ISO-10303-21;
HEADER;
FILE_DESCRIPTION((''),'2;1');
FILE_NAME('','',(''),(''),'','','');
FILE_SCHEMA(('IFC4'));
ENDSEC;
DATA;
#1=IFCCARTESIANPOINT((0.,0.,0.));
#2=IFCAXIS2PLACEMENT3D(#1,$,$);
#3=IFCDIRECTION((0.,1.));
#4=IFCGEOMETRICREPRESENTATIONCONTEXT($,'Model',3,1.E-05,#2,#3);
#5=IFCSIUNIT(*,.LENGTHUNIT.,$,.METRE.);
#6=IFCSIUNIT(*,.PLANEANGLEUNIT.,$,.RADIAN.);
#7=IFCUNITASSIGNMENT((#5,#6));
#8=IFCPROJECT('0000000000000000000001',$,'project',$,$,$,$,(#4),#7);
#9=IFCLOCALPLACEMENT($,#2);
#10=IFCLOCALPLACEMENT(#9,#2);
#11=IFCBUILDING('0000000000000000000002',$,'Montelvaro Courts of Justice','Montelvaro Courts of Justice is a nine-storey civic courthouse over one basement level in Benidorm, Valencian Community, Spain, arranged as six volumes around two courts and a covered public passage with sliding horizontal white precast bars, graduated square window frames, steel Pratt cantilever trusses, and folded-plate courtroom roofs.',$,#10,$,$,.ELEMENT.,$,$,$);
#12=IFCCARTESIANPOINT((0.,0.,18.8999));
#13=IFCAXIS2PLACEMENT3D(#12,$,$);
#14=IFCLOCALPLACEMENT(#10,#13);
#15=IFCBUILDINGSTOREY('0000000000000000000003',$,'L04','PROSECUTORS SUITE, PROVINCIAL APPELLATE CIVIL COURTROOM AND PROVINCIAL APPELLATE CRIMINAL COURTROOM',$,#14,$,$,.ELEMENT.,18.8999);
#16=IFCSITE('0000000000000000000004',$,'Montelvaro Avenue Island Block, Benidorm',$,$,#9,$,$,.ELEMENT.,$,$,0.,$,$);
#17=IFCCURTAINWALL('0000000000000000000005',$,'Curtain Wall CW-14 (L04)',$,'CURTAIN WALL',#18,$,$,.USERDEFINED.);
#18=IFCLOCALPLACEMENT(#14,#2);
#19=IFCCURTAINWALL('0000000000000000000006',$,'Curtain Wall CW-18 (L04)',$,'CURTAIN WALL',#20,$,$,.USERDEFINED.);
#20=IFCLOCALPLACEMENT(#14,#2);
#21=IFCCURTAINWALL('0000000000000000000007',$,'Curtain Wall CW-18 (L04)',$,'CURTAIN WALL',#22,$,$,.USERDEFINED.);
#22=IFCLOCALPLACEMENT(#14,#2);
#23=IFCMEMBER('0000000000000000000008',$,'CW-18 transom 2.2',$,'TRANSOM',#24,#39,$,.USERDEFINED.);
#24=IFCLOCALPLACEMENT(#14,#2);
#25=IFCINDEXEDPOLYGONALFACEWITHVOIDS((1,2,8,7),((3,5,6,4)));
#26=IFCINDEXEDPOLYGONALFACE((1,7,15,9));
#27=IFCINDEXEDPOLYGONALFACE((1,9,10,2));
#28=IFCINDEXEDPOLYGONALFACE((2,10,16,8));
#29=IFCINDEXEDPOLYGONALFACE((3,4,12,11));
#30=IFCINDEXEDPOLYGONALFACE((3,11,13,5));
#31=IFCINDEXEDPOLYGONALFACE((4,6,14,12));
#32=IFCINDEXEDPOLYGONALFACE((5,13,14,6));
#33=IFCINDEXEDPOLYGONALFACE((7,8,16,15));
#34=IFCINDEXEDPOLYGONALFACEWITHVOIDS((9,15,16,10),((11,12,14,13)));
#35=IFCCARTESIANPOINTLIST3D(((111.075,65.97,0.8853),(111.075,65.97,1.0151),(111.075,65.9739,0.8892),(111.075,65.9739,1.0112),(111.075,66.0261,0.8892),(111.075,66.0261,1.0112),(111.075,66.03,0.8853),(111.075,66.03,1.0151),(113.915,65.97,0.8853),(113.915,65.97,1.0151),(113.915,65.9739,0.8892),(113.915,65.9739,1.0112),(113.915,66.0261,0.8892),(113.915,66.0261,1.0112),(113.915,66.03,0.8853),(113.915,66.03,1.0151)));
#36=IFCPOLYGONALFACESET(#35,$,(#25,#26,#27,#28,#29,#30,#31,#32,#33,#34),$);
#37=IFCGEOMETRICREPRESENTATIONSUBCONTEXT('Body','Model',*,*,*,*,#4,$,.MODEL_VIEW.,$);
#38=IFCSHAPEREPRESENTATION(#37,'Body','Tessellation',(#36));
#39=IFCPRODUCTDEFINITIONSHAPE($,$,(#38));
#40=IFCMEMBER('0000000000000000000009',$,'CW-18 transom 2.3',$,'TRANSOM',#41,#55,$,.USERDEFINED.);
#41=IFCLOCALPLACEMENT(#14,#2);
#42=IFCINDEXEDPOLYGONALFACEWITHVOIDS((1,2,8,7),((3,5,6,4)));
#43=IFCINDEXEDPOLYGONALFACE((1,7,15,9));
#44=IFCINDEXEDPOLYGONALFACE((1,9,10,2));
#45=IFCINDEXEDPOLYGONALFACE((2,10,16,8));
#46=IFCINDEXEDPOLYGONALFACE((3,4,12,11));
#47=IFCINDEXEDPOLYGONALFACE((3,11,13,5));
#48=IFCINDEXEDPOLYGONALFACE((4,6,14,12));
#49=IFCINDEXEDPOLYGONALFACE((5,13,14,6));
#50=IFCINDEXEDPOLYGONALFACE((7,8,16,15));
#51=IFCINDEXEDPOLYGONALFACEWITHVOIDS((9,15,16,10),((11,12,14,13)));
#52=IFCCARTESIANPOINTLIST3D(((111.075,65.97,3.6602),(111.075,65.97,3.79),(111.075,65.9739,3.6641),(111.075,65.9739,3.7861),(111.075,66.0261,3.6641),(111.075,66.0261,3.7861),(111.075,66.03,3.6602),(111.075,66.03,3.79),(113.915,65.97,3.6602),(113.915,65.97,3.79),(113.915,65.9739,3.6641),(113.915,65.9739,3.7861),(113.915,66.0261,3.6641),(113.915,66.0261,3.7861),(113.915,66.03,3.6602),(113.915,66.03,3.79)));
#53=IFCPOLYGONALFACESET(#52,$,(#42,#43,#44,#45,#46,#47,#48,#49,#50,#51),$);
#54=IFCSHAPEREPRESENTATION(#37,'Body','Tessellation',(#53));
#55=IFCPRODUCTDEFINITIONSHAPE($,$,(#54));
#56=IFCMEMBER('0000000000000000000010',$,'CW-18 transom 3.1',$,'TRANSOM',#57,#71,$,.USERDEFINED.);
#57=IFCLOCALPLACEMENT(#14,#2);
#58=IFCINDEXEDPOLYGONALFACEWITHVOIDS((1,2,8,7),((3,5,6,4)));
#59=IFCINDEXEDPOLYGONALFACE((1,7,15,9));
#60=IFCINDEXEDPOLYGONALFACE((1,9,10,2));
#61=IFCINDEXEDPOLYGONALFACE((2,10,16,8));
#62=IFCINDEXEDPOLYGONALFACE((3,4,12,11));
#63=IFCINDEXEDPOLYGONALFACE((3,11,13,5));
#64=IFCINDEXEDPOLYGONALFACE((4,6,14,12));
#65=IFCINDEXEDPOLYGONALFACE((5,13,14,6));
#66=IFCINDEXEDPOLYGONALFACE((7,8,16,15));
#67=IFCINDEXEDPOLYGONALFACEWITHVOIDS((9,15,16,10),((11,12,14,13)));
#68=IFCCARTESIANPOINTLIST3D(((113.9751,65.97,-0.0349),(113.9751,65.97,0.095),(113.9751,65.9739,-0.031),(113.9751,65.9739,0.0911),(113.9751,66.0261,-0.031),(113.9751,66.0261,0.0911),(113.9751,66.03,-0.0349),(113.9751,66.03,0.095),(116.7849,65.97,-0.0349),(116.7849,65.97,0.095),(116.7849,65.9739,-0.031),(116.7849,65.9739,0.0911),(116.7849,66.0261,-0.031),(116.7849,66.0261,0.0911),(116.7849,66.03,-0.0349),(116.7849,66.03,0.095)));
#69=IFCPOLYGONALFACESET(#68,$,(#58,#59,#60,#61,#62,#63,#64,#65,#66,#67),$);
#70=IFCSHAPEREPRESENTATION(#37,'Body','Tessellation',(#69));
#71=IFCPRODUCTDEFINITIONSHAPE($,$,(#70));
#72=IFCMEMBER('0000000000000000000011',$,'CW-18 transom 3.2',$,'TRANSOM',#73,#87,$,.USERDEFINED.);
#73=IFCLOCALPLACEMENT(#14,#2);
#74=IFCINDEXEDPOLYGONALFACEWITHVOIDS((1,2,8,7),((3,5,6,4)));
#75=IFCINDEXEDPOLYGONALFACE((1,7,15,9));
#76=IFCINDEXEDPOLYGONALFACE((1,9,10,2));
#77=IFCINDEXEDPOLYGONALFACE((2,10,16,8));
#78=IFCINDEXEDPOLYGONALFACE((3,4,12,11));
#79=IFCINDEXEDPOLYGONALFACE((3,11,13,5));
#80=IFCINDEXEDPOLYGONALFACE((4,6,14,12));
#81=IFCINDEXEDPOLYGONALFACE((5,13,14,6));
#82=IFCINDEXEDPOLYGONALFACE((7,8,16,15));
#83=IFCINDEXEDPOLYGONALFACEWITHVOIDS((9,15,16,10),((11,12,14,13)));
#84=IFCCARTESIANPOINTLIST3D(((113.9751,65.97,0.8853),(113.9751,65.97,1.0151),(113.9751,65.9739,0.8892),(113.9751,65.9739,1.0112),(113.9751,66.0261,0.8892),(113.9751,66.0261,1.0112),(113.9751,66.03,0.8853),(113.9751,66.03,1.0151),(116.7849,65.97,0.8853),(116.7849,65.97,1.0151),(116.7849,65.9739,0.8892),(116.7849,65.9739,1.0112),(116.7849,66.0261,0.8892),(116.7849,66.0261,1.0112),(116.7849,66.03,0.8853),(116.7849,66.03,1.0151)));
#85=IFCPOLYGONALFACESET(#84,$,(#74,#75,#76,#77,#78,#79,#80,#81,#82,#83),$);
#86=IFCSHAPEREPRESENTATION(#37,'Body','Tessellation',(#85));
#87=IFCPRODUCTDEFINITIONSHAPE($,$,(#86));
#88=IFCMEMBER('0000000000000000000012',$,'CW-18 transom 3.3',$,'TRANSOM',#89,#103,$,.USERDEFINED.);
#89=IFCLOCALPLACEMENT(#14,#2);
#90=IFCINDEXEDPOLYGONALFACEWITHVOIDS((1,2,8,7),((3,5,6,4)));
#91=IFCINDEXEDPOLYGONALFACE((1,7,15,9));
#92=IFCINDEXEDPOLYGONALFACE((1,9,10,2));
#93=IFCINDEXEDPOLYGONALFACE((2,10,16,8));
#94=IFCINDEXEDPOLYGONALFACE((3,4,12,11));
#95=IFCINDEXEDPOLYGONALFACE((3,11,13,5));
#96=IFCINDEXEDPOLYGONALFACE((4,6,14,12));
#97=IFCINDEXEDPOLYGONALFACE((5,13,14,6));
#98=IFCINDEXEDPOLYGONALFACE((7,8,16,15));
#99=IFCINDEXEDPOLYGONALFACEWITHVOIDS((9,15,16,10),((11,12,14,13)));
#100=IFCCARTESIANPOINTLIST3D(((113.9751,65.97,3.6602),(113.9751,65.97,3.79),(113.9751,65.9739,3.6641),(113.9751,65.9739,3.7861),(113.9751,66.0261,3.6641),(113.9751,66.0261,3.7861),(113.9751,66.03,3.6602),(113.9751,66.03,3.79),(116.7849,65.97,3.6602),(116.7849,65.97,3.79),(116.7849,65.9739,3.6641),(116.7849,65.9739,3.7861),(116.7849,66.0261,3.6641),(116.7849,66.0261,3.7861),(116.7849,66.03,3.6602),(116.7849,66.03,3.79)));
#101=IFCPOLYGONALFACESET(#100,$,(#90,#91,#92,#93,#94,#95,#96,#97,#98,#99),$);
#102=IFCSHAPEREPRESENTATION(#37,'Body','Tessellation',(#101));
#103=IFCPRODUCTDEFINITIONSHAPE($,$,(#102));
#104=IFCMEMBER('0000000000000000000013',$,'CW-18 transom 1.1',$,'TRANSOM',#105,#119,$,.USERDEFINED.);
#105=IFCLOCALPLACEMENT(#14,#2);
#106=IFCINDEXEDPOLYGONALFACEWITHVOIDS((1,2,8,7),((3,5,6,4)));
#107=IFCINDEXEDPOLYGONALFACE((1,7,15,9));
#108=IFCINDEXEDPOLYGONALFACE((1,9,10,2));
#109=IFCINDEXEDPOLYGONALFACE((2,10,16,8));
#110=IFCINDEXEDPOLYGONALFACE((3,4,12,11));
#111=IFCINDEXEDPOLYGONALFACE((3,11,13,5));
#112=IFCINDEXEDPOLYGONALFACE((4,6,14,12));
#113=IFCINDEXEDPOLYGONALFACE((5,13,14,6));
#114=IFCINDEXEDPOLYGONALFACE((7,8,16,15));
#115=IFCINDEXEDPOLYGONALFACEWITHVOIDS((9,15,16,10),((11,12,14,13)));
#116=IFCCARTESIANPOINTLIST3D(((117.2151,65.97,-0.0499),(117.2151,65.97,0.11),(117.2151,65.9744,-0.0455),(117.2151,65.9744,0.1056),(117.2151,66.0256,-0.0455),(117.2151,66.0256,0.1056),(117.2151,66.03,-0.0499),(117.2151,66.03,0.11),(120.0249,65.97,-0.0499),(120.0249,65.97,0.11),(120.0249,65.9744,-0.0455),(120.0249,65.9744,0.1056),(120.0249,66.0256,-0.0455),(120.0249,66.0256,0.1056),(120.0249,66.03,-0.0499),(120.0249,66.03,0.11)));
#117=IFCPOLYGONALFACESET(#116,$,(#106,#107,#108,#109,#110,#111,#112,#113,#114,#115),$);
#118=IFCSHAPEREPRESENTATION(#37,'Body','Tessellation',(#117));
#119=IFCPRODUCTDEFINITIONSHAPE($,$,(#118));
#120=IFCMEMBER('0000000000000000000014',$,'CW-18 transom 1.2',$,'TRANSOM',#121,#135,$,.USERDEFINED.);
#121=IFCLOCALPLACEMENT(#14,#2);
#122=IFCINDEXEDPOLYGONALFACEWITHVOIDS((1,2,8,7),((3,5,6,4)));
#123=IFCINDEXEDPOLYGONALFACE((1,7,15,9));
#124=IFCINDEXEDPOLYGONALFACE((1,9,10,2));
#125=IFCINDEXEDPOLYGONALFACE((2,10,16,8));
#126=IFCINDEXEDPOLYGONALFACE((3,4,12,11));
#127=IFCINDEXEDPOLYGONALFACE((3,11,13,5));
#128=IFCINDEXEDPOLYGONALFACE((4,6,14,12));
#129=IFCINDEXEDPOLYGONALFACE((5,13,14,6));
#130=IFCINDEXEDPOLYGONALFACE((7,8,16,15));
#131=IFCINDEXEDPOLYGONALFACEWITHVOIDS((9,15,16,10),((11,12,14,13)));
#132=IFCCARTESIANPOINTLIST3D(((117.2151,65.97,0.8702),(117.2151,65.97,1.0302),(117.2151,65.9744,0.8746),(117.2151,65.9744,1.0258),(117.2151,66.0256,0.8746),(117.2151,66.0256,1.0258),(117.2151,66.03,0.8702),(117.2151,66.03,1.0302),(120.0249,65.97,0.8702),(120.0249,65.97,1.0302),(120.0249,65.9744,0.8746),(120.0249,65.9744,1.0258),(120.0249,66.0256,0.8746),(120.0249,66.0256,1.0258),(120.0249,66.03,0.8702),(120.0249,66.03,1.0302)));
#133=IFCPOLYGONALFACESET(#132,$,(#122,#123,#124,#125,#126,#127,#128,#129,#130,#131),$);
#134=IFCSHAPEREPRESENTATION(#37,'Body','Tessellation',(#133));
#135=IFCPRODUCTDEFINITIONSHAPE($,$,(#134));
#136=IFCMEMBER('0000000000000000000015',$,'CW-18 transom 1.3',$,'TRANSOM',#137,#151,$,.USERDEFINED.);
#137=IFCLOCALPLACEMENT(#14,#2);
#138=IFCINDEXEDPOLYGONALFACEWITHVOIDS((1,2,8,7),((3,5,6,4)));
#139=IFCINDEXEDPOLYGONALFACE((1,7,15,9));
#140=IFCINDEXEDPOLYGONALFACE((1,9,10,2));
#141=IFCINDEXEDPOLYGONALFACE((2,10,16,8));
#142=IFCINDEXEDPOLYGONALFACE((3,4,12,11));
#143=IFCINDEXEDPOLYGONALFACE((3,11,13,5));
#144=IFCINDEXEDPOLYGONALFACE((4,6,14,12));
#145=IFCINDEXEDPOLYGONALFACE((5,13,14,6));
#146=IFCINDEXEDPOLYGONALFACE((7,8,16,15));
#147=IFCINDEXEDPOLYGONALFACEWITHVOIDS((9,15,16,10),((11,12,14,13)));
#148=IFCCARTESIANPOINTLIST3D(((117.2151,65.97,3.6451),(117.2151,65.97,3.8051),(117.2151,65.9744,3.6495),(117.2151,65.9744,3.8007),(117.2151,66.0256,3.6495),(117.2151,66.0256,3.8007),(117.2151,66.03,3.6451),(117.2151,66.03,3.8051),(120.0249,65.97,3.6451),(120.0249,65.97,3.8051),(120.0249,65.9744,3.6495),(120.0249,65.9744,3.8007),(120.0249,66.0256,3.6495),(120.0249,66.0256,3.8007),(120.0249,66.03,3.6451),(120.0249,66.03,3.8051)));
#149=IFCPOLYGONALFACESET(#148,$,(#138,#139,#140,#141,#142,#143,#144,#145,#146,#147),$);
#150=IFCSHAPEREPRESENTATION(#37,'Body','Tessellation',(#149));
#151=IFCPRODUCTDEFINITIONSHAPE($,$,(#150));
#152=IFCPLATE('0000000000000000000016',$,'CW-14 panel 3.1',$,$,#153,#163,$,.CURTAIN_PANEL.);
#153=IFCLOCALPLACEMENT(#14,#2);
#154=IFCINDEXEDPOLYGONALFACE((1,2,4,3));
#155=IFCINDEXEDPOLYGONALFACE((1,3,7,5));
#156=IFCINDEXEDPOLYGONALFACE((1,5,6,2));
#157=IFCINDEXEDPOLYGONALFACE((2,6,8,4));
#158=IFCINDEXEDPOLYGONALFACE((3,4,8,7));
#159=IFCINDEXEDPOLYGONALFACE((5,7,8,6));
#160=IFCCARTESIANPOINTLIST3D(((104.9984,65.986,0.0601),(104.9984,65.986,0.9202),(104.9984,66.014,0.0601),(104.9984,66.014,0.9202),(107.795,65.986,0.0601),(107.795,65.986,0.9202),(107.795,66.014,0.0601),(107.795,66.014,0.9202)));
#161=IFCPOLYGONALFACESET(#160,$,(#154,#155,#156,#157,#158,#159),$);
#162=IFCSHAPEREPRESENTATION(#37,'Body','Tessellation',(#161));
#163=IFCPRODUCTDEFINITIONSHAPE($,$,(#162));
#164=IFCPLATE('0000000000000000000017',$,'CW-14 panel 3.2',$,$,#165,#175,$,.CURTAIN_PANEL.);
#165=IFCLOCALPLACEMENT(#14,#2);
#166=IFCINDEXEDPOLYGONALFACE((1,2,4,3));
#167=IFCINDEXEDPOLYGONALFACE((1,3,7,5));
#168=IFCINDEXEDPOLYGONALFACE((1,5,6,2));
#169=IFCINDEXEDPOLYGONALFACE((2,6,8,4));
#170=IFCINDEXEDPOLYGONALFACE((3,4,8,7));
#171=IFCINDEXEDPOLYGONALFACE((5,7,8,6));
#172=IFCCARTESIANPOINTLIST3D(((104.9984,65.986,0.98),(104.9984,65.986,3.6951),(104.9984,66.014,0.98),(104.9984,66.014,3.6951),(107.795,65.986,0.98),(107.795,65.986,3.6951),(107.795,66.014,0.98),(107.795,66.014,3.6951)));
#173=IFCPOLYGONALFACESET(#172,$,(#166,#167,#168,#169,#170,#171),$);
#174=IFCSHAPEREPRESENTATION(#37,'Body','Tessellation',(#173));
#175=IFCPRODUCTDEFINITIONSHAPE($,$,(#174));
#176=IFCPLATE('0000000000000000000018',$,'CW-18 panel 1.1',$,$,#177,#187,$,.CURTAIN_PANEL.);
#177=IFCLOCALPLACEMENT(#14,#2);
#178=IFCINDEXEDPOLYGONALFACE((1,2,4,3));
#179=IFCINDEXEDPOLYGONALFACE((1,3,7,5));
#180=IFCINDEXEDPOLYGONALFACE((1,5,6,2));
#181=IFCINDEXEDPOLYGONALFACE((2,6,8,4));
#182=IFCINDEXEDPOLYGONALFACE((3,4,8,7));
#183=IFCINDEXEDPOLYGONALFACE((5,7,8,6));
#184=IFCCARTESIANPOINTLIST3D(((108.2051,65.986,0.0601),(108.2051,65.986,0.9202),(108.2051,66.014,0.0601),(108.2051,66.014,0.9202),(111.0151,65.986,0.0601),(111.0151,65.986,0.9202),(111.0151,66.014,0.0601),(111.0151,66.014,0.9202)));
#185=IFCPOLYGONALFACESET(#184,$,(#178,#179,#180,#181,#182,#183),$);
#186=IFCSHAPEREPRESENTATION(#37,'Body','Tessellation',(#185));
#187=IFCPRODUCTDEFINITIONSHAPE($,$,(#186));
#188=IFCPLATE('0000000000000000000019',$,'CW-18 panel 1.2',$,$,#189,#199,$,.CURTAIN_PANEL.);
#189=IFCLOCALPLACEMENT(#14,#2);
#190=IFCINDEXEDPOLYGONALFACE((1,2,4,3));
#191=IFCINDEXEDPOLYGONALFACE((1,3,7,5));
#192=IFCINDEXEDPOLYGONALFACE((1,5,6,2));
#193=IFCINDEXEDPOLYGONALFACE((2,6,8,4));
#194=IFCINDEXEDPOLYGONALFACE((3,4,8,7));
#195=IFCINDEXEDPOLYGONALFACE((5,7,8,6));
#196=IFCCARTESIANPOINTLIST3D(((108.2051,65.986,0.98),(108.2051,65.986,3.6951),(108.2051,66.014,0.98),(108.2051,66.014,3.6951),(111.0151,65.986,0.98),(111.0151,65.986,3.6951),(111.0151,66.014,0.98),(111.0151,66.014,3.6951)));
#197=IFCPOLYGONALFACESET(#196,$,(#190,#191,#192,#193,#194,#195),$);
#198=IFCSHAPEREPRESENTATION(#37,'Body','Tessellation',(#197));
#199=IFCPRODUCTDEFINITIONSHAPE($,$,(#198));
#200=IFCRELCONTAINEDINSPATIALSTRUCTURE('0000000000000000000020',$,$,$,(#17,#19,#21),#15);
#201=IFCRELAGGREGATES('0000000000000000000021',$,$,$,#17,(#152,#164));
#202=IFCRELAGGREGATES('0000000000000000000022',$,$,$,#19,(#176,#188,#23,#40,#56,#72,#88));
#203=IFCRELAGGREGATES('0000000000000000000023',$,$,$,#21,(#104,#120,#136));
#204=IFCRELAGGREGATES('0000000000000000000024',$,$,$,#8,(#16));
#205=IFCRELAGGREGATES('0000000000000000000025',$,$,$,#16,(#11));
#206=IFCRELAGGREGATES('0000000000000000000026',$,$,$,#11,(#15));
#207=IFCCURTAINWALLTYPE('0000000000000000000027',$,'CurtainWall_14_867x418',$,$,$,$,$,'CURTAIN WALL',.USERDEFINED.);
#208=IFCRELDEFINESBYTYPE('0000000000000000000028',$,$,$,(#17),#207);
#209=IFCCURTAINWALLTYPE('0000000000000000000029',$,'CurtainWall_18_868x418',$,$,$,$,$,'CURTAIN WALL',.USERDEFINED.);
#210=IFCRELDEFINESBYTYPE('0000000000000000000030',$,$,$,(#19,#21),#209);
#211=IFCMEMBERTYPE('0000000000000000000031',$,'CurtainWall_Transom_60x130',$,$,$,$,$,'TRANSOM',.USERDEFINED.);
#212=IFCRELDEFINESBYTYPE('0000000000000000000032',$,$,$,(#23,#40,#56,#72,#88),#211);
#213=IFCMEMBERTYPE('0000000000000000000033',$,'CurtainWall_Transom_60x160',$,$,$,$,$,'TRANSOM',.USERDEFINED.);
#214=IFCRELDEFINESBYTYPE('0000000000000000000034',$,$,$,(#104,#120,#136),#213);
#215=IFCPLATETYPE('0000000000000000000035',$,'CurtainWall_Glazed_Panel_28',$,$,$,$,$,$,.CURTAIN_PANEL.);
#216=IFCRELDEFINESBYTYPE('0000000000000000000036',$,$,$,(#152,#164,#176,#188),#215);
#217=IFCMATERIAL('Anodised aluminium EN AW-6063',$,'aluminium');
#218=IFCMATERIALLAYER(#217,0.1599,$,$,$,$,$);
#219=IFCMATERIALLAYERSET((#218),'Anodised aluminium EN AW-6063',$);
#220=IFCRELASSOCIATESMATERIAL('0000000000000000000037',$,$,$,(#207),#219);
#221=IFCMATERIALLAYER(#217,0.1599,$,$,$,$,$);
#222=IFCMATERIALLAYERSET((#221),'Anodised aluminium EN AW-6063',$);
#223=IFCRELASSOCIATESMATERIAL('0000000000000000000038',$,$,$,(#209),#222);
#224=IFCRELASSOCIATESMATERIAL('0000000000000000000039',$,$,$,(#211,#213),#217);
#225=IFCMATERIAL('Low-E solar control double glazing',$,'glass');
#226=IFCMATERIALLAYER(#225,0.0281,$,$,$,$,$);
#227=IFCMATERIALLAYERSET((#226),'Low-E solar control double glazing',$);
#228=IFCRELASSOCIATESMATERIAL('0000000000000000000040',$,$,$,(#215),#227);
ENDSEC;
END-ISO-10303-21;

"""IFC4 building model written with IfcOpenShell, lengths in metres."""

from ifc_helpers import new_model, si_unit, direction, frame, origin, origin_2d, place, context, subcontext, project, spatial, rectangle, hollow_rectangle, extrude, material, layer, layer_set, material_profile, profile_set, type_object, element, aggregate, save


model = new_model("IFC4")

# Units and contexts
model_context = context("Model", 3, precision=1e-05, world=origin(), true_north=direction((0.0, 1.0)))
body_context = subcontext(model_context, "Body", "Model", "MODEL_VIEW")
ifc_project = project(units=[si_unit("LENGTHUNIT", "METRE"), si_unit("PLANEANGLEUNIT", "RADIAN")], contexts=[model_context])

# Site, building, storey
site_placement = place(None, origin())
site = spatial("IfcSite", under=ifc_project, at=site_placement, Name="Montelvaro Avenue Island Block, Benidorm", CompositionType="ELEMENT", RefElevation=0.0)
building_placement = place(site_placement, origin())
building = spatial("IfcBuilding", under=site, at=building_placement, Name="Montelvaro Courts of Justice", Description="Montelvaro Courts of Justice is a nine-storey civic courthouse over one basement level in Benidorm, Valencian Community, Spain, arranged as six volumes around two courts and a covered public passage with sliding horizontal white precast bars, graduated square window frames, steel Pratt cantilever trusses, and folded-plate courtroom roofs.", CompositionType="ELEMENT")
storey_placement = place(building_placement, frame((0.0, 0.0, 18.8999)))
storey = spatial("IfcBuildingStorey", under=building, at=storey_placement, Name="L04", Description="PROSECUTORS SUITE, PROVINCIAL APPELLATE CIVIL COURTROOM AND PROVINCIAL APPELLATE CRIMINAL COURTROOM", CompositionType="ELEMENT", Elevation=18.8999)

# Curtain wall
ifc_material_1 = material(Name="Anodised aluminium EN AW-6063", Category="aluminium")
ifc_layer_1 = layer(ifc_material_1, 0.1599)
ifc_layer_set_1 = layer_set([ifc_layer_1], Name="Anodised aluminium EN AW-6063")
curtain_wall_type_1 = type_object("IfcCurtainWallType", Name="CurtainWall_14_867x418", ElementType="CURTAIN WALL", PredefinedType="USERDEFINED", material=ifc_layer_set_1)
curtain_wall_1_placement = place(storey_placement, origin())
curtain_wall_1 = element("IfcCurtainWall", 1, at=curtain_wall_1_placement, inside=storey, type_object=curtain_wall_type_1, Name="Curtain Wall CW-14 (L04)", ObjectType="CURTAIN WALL", PredefinedType="USERDEFINED")

# Curtain wall
ifc_layer_2 = layer(ifc_material_1, 0.1599)
ifc_layer_set_2 = layer_set([ifc_layer_2], Name="Anodised aluminium EN AW-6063")
curtain_wall_type_2 = type_object("IfcCurtainWallType", Name="CurtainWall_18_868x418", ElementType="CURTAIN WALL", PredefinedType="USERDEFINED", material=ifc_layer_set_2)
curtain_wall_2_placement = place(storey_placement, origin())
curtain_wall_2 = element("IfcCurtainWall", 2, at=curtain_wall_2_placement, inside=storey, type_object=curtain_wall_type_2, Name="Curtain Wall CW-18 (L04)", ObjectType="CURTAIN WALL", PredefinedType="USERDEFINED")

# Curtain wall
curtain_wall_3_placement = place(storey_placement, origin())
curtain_wall_3 = element("IfcCurtainWall", 3, at=curtain_wall_3_placement, inside=storey, type_object=curtain_wall_type_2, Name="Curtain Wall CW-18 (L04)", ObjectType="CURTAIN WALL", PredefinedType="USERDEFINED")

# Members
ifc_material_profile_1 = material_profile(ifc_material_1, hollow_rectangle(XDim=0.0601, YDim=0.1299, WallThickness=0.0039, at=origin_2d()), Name="ALU-T 60x130")
ifc_profile_set_1 = profile_set([ifc_material_profile_1], Name="Anodised aluminium EN AW-6063")
member_type_1 = type_object("IfcMemberType", Name="CurtainWall_Transom_60x130", ElementType="TRANSOM", PredefinedType="USERDEFINED", material=ifc_profile_set_1)
member_1_placement = place(storey_placement, frame((111.075, 66.0, 0.9502), z_axis=(1.0, 0.0, 0.0), x_axis=(0.0, 1.0, 0.0)))
member_1 = element("IfcMember", 4, at=member_1_placement, type_object=member_type_1, Name="CW-18 transom 2.2", ObjectType="TRANSOM", PredefinedType="USERDEFINED", context=body_context, shape_type="SweptSolid", body=[
    extrude(hollow_rectangle(XDim=0.0601, YDim=0.1299, WallThickness=0.0039, at=origin_2d()), origin(), (0.0, 0.0, 1.0), 2.8401),
])
member_2_placement = place(storey_placement, frame((111.075, 66.0, 3.7251), z_axis=(1.0, 0.0, 0.0), x_axis=(0.0, 1.0, 0.0)))
member_2 = element("IfcMember", 5, at=member_2_placement, type_object=member_type_1, Name="CW-18 transom 2.3", ObjectType="TRANSOM", PredefinedType="USERDEFINED", context=body_context, shape_type="SweptSolid", body=[
    extrude(hollow_rectangle(XDim=0.0601, YDim=0.1299, WallThickness=0.0039, at=origin_2d()), origin(), (0.0, 0.0, 1.0), 2.8401),
])
member_3_placement = place(storey_placement, frame((113.9751, 66.0, 0.03), z_axis=(1.0, 0.0, 0.0), x_axis=(0.0, 1.0, 0.0)))
member_3 = element("IfcMember", 6, at=member_3_placement, type_object=member_type_1, Name="CW-18 transom 3.1", ObjectType="TRANSOM", PredefinedType="USERDEFINED", context=body_context, shape_type="SweptSolid", body=[
    extrude(hollow_rectangle(XDim=0.0601, YDim=0.1299, WallThickness=0.0039, at=origin_2d()), origin(), (0.0, 0.0, 1.0), 2.8098),
])
member_4_placement = place(storey_placement, frame((113.9751, 66.0, 0.9502), z_axis=(1.0, 0.0, 0.0), x_axis=(0.0, 1.0, 0.0)))
member_4 = element("IfcMember", 7, at=member_4_placement, type_object=member_type_1, Name="CW-18 transom 3.2", ObjectType="TRANSOM", PredefinedType="USERDEFINED", context=body_context, shape_type="SweptSolid", body=[
    extrude(hollow_rectangle(XDim=0.0601, YDim=0.1299, WallThickness=0.0039, at=origin_2d()), origin(), (0.0, 0.0, 1.0), 2.8098),
])
member_5_placement = place(storey_placement, frame((113.9751, 66.0, 3.7251), z_axis=(1.0, 0.0, 0.0), x_axis=(0.0, 1.0, 0.0)))
member_5 = element("IfcMember", 8, at=member_5_placement, type_object=member_type_1, Name="CW-18 transom 3.3", ObjectType="TRANSOM", PredefinedType="USERDEFINED", context=body_context, shape_type="SweptSolid", body=[
    extrude(hollow_rectangle(XDim=0.0601, YDim=0.1299, WallThickness=0.0039, at=origin_2d()), origin(), (0.0, 0.0, 1.0), 2.8098),
])
ifc_material_profile_2 = material_profile(ifc_material_1, hollow_rectangle(XDim=0.0601, YDim=0.1599, WallThickness=0.0044, at=origin_2d()), Name="ALU-T 60x160")
ifc_profile_set_2 = profile_set([ifc_material_profile_2], Name="Anodised aluminium EN AW-6063")
member_type_2 = type_object("IfcMemberType", Name="CurtainWall_Transom_60x160", ElementType="TRANSOM", PredefinedType="USERDEFINED", material=ifc_profile_set_2)
member_6_placement = place(storey_placement, frame((117.2151, 66.0, 0.03), z_axis=(1.0, 0.0, 0.0), x_axis=(0.0, 1.0, 0.0)))
member_6 = element("IfcMember", 9, at=member_6_placement, type_object=member_type_2, Name="CW-18 transom 1.1", ObjectType="TRANSOM", PredefinedType="USERDEFINED", context=body_context, shape_type="SweptSolid", body=[
    extrude(hollow_rectangle(XDim=0.0601, YDim=0.1599, WallThickness=0.0044, at=origin_2d()), origin(), (0.0, 0.0, 1.0), 2.8098),
])
member_7_placement = place(storey_placement, frame((117.2151, 66.0, 0.9502), z_axis=(1.0, 0.0, 0.0), x_axis=(0.0, 1.0, 0.0)))
member_7 = element("IfcMember", 10, at=member_7_placement, type_object=member_type_2, Name="CW-18 transom 1.2", ObjectType="TRANSOM", PredefinedType="USERDEFINED", context=body_context, shape_type="SweptSolid", body=[
    extrude(hollow_rectangle(XDim=0.0601, YDim=0.1599, WallThickness=0.0044, at=origin_2d()), origin(), (0.0, 0.0, 1.0), 2.8098),
])
member_8_placement = place(storey_placement, frame((117.2151, 66.0, 3.7251), z_axis=(1.0, 0.0, 0.0), x_axis=(0.0, 1.0, 0.0)))
member_8 = element("IfcMember", 11, at=member_8_placement, type_object=member_type_2, Name="CW-18 transom 1.3", ObjectType="TRANSOM", PredefinedType="USERDEFINED", context=body_context, shape_type="SweptSolid", body=[
    extrude(hollow_rectangle(XDim=0.0601, YDim=0.1599, WallThickness=0.0044, at=origin_2d()), origin(), (0.0, 0.0, 1.0), 2.8098),
])

# Plates
ifc_material_2 = material(Name="Low-E solar control double glazing", Category="glass")
ifc_layer_3 = layer(ifc_material_2, 0.0281)
ifc_layer_set_3 = layer_set([ifc_layer_3], Name="Low-E solar control double glazing")
plate_type = type_object("IfcPlateType", Name="CurtainWall_Glazed_Panel_28", PredefinedType="CURTAIN_PANEL", material=ifc_layer_set_3)
plate_1_placement = place(storey_placement, frame((106.3967, 66.0, 0.0601), z_axis=(0.0, 0.0, 1.0), x_axis=(1.0, 0.0, 0.0)))
plate_1 = element("IfcPlate", 12, at=plate_1_placement, type_object=plate_type, Name="CW-14 panel 3.1", PredefinedType="CURTAIN_PANEL", context=body_context, shape_type="SweptSolid", body=[
    extrude(rectangle(XDim=2.7966, YDim=0.0281, at=origin_2d()), origin(), (0.0, 0.0, 1.0), 0.8601),
])
plate_2_placement = place(storey_placement, frame((106.3967, 66.0, 0.98), z_axis=(0.0, 0.0, 1.0), x_axis=(1.0, 0.0, 0.0)))
plate_2 = element("IfcPlate", 13, at=plate_2_placement, type_object=plate_type, Name="CW-14 panel 3.2", PredefinedType="CURTAIN_PANEL", context=body_context, shape_type="SweptSolid", body=[
    extrude(rectangle(XDim=2.7966, YDim=0.0281, at=origin_2d()), origin(), (0.0, 0.0, 1.0), 2.7151),
])
aggregate(curtain_wall_1, [plate_1, plate_2])
plate_3_placement = place(storey_placement, frame((109.6101, 66.0, 0.0601), z_axis=(0.0, 0.0, 1.0), x_axis=(1.0, 0.0, 0.0)))
plate_3 = element("IfcPlate", 14, at=plate_3_placement, type_object=plate_type, Name="CW-18 panel 1.1", PredefinedType="CURTAIN_PANEL", context=body_context, shape_type="SweptSolid", body=[
    extrude(rectangle(XDim=2.8101, YDim=0.0281, at=origin_2d()), origin(), (0.0, 0.0, 1.0), 0.8601),
])
plate_4_placement = place(storey_placement, frame((109.6101, 66.0, 0.98), z_axis=(0.0, 0.0, 1.0), x_axis=(1.0, 0.0, 0.0)))
plate_4 = element("IfcPlate", 15, at=plate_4_placement, type_object=plate_type, Name="CW-18 panel 1.2", PredefinedType="CURTAIN_PANEL", context=body_context, shape_type="SweptSolid", body=[
    extrude(rectangle(XDim=2.8101, YDim=0.0281, at=origin_2d()), origin(), (0.0, 0.0, 1.0), 2.7151),
])
aggregate(curtain_wall_2, [plate_3, plate_4, member_1, member_2, member_3, member_4, member_5])
aggregate(curtain_wall_3, [member_6, member_7, member_8])

save(model, "model.ifc")
